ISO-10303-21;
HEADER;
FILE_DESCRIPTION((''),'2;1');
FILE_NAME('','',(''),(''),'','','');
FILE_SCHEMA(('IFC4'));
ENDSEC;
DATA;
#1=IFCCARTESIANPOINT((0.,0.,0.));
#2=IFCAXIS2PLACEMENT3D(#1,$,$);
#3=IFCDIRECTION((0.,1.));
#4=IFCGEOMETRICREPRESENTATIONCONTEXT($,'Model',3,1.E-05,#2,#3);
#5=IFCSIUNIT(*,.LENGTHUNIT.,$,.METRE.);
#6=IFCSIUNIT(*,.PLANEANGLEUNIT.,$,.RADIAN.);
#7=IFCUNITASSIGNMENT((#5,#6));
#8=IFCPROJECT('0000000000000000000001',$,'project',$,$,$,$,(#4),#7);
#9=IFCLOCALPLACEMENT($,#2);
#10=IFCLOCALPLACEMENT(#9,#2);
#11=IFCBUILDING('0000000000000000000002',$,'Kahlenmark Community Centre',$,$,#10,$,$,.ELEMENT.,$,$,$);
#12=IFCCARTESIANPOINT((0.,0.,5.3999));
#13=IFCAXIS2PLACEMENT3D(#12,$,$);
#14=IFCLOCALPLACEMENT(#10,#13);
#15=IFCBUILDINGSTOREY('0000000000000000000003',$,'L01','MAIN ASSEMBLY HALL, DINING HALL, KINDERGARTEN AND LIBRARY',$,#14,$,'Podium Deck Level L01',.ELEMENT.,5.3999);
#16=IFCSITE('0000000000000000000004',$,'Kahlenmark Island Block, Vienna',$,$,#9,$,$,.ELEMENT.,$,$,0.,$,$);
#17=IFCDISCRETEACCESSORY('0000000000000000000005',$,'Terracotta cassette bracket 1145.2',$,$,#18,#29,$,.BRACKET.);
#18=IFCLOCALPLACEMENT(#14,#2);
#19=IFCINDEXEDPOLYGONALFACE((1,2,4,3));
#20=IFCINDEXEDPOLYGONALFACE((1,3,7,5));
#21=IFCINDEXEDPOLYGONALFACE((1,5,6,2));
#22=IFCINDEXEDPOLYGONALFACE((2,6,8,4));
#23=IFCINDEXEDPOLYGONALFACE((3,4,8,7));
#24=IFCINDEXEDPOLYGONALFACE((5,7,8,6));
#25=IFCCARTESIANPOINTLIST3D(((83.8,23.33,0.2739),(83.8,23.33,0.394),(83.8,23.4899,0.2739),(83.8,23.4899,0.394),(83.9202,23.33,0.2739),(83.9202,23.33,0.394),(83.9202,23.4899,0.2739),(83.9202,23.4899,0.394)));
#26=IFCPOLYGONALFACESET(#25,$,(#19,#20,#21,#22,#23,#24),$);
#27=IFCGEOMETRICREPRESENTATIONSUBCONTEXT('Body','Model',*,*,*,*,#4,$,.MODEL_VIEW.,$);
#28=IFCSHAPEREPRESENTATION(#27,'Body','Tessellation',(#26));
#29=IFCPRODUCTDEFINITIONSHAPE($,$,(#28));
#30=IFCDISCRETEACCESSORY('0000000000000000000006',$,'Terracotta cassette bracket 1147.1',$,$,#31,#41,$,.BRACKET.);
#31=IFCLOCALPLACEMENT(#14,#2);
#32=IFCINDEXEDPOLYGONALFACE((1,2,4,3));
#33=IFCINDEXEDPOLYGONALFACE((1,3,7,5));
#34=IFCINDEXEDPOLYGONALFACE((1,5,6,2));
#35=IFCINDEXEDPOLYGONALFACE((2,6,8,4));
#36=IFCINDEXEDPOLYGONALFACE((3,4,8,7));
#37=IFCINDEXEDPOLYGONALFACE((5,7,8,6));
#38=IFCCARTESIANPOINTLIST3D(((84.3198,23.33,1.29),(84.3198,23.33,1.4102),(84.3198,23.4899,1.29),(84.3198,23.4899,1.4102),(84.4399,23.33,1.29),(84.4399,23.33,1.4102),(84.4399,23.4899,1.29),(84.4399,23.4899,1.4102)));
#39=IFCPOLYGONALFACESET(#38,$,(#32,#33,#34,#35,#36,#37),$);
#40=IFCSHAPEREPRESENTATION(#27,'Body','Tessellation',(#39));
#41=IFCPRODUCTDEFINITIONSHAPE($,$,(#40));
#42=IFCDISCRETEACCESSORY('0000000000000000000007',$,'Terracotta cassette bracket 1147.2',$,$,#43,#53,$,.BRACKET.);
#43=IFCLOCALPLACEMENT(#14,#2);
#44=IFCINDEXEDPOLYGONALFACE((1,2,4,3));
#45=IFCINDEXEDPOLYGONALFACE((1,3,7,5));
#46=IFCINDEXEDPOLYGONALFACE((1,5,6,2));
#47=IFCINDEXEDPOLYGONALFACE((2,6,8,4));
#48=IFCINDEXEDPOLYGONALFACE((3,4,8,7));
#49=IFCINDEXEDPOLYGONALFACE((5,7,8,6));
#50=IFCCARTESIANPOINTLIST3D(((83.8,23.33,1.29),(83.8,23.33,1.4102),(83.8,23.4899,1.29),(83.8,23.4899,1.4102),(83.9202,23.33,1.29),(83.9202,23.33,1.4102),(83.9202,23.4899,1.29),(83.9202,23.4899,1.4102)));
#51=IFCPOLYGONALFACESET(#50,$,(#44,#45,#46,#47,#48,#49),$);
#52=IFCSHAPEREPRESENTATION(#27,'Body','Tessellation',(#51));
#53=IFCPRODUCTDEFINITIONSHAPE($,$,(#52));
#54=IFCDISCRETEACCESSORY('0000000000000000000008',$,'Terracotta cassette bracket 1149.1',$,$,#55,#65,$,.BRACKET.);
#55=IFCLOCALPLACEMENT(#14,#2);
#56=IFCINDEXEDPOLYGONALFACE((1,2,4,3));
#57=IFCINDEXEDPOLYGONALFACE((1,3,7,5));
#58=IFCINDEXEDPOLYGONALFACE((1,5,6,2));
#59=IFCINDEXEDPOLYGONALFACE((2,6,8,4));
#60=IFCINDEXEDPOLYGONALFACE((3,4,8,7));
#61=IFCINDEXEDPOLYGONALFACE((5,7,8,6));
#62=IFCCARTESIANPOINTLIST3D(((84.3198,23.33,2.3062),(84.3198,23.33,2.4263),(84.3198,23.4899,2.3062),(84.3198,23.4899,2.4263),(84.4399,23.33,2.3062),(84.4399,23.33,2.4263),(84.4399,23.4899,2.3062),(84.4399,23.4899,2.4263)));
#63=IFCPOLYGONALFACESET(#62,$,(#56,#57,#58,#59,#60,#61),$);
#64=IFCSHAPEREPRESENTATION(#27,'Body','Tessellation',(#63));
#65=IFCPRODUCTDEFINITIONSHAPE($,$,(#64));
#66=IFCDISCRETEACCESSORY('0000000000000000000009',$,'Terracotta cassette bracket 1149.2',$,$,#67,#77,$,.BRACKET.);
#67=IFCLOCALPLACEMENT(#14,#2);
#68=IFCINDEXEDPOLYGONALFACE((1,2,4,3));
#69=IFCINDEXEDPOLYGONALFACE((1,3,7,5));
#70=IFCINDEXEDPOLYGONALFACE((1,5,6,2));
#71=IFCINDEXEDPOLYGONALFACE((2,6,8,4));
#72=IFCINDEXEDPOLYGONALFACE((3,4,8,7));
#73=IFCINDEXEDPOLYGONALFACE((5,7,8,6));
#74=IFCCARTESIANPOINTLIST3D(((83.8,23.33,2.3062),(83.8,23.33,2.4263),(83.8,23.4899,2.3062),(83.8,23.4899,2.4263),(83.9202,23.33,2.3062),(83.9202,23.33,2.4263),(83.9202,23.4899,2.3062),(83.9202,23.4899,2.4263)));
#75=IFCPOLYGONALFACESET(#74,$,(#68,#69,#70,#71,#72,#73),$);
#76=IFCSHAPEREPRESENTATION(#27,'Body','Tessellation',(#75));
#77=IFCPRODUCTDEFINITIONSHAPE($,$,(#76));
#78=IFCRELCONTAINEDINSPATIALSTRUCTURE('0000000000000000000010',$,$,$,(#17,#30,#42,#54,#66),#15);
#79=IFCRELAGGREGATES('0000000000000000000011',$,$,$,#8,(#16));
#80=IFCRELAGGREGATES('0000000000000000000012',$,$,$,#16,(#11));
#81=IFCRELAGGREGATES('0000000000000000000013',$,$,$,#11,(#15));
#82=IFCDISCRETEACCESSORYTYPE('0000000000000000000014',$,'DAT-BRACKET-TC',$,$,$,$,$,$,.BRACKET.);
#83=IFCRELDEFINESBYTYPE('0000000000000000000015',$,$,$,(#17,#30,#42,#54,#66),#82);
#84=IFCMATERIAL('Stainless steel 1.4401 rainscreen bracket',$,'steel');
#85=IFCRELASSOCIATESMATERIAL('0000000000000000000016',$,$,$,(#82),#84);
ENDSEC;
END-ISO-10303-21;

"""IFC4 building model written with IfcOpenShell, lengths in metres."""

from ifc_helpers import new_model, si_unit, direction, frame, origin, origin_2d, place, context, subcontext, project, spatial, rectangle, extrude, material, type_object, element, save


model = new_model("IFC4")

# Units and contexts
model_context = context("Model", 3, precision=1e-05, world=origin(), true_north=direction((0.0, 1.0)))
body_context = subcontext(model_context, "Body", "Model", "MODEL_VIEW")
ifc_project = project(units=[si_unit("LENGTHUNIT", "METRE"), si_unit("PLANEANGLEUNIT", "RADIAN")], contexts=[model_context])

# Site, building, storey
site_placement = place(None, origin())
site = spatial("IfcSite", under=ifc_project, at=site_placement, Name="Kahlenmark Island Block, Vienna", CompositionType="ELEMENT", RefElevation=0.0)
building_placement = place(site_placement, origin())
building = spatial("IfcBuilding", under=site, at=building_placement, Name="Kahlenmark Community Centre", CompositionType="ELEMENT")
storey_placement = place(building_placement, frame((0.0, 0.0, 5.3999)))
storey = spatial("IfcBuildingStorey", under=building, at=storey_placement, Name="L01", Description="MAIN ASSEMBLY HALL, DINING HALL, KINDERGARTEN AND LIBRARY", LongName="Podium Deck Level L01", CompositionType="ELEMENT", Elevation=5.3999)

# Discrete accessories
ifc_material_1 = material(Name="Stainless steel 1.4401 rainscreen bracket", Category="steel")
discrete_accessory_type = type_object("IfcDiscreteAccessoryType", Name="DAT-BRACKET-TC", PredefinedType="BRACKET", material=ifc_material_1)
for number, where, z_axis, x_axis, name in (
    (1, (83.8601, 23.4099, 0.2739), (0.0, 0.0, 1.0), (-1.0, 0.0, 0.0), "Terracotta cassette bracket 1145.2"),
    (2, (84.3799, 23.4099, 1.29), (0.0, 0.0, 1.0), (-1.0, 0.0, 0.0), "Terracotta cassette bracket 1147.1"),
    (3, (83.8601, 23.4099, 1.29), (0.0, 0.0, 1.0), (-1.0, 0.0, 0.0), "Terracotta cassette bracket 1147.2"),
    (4, (84.3799, 23.4099, 2.3062), (0.0, 0.0, 1.0), (-1.0, 0.0, 0.0), "Terracotta cassette bracket 1149.1"),
    (5, (83.8601, 23.4099, 2.3062), (0.0, 0.0, 1.0), (-1.0, 0.0, 0.0), "Terracotta cassette bracket 1149.2"),
):
    element("IfcDiscreteAccessory", number, at=place(storey_placement, frame(where, z_axis=z_axis, x_axis=x_axis)), inside=storey, type_object=discrete_accessory_type, Name=name, PredefinedType="BRACKET", context=body_context, shape_type="SweptSolid", body=[
        extrude(rectangle(XDim=0.1201, YDim=0.1599, at=origin_2d()), origin(), (0.0, 0.0, 1.0), 0.1201),
    ])

save(model, "model.ifc")
